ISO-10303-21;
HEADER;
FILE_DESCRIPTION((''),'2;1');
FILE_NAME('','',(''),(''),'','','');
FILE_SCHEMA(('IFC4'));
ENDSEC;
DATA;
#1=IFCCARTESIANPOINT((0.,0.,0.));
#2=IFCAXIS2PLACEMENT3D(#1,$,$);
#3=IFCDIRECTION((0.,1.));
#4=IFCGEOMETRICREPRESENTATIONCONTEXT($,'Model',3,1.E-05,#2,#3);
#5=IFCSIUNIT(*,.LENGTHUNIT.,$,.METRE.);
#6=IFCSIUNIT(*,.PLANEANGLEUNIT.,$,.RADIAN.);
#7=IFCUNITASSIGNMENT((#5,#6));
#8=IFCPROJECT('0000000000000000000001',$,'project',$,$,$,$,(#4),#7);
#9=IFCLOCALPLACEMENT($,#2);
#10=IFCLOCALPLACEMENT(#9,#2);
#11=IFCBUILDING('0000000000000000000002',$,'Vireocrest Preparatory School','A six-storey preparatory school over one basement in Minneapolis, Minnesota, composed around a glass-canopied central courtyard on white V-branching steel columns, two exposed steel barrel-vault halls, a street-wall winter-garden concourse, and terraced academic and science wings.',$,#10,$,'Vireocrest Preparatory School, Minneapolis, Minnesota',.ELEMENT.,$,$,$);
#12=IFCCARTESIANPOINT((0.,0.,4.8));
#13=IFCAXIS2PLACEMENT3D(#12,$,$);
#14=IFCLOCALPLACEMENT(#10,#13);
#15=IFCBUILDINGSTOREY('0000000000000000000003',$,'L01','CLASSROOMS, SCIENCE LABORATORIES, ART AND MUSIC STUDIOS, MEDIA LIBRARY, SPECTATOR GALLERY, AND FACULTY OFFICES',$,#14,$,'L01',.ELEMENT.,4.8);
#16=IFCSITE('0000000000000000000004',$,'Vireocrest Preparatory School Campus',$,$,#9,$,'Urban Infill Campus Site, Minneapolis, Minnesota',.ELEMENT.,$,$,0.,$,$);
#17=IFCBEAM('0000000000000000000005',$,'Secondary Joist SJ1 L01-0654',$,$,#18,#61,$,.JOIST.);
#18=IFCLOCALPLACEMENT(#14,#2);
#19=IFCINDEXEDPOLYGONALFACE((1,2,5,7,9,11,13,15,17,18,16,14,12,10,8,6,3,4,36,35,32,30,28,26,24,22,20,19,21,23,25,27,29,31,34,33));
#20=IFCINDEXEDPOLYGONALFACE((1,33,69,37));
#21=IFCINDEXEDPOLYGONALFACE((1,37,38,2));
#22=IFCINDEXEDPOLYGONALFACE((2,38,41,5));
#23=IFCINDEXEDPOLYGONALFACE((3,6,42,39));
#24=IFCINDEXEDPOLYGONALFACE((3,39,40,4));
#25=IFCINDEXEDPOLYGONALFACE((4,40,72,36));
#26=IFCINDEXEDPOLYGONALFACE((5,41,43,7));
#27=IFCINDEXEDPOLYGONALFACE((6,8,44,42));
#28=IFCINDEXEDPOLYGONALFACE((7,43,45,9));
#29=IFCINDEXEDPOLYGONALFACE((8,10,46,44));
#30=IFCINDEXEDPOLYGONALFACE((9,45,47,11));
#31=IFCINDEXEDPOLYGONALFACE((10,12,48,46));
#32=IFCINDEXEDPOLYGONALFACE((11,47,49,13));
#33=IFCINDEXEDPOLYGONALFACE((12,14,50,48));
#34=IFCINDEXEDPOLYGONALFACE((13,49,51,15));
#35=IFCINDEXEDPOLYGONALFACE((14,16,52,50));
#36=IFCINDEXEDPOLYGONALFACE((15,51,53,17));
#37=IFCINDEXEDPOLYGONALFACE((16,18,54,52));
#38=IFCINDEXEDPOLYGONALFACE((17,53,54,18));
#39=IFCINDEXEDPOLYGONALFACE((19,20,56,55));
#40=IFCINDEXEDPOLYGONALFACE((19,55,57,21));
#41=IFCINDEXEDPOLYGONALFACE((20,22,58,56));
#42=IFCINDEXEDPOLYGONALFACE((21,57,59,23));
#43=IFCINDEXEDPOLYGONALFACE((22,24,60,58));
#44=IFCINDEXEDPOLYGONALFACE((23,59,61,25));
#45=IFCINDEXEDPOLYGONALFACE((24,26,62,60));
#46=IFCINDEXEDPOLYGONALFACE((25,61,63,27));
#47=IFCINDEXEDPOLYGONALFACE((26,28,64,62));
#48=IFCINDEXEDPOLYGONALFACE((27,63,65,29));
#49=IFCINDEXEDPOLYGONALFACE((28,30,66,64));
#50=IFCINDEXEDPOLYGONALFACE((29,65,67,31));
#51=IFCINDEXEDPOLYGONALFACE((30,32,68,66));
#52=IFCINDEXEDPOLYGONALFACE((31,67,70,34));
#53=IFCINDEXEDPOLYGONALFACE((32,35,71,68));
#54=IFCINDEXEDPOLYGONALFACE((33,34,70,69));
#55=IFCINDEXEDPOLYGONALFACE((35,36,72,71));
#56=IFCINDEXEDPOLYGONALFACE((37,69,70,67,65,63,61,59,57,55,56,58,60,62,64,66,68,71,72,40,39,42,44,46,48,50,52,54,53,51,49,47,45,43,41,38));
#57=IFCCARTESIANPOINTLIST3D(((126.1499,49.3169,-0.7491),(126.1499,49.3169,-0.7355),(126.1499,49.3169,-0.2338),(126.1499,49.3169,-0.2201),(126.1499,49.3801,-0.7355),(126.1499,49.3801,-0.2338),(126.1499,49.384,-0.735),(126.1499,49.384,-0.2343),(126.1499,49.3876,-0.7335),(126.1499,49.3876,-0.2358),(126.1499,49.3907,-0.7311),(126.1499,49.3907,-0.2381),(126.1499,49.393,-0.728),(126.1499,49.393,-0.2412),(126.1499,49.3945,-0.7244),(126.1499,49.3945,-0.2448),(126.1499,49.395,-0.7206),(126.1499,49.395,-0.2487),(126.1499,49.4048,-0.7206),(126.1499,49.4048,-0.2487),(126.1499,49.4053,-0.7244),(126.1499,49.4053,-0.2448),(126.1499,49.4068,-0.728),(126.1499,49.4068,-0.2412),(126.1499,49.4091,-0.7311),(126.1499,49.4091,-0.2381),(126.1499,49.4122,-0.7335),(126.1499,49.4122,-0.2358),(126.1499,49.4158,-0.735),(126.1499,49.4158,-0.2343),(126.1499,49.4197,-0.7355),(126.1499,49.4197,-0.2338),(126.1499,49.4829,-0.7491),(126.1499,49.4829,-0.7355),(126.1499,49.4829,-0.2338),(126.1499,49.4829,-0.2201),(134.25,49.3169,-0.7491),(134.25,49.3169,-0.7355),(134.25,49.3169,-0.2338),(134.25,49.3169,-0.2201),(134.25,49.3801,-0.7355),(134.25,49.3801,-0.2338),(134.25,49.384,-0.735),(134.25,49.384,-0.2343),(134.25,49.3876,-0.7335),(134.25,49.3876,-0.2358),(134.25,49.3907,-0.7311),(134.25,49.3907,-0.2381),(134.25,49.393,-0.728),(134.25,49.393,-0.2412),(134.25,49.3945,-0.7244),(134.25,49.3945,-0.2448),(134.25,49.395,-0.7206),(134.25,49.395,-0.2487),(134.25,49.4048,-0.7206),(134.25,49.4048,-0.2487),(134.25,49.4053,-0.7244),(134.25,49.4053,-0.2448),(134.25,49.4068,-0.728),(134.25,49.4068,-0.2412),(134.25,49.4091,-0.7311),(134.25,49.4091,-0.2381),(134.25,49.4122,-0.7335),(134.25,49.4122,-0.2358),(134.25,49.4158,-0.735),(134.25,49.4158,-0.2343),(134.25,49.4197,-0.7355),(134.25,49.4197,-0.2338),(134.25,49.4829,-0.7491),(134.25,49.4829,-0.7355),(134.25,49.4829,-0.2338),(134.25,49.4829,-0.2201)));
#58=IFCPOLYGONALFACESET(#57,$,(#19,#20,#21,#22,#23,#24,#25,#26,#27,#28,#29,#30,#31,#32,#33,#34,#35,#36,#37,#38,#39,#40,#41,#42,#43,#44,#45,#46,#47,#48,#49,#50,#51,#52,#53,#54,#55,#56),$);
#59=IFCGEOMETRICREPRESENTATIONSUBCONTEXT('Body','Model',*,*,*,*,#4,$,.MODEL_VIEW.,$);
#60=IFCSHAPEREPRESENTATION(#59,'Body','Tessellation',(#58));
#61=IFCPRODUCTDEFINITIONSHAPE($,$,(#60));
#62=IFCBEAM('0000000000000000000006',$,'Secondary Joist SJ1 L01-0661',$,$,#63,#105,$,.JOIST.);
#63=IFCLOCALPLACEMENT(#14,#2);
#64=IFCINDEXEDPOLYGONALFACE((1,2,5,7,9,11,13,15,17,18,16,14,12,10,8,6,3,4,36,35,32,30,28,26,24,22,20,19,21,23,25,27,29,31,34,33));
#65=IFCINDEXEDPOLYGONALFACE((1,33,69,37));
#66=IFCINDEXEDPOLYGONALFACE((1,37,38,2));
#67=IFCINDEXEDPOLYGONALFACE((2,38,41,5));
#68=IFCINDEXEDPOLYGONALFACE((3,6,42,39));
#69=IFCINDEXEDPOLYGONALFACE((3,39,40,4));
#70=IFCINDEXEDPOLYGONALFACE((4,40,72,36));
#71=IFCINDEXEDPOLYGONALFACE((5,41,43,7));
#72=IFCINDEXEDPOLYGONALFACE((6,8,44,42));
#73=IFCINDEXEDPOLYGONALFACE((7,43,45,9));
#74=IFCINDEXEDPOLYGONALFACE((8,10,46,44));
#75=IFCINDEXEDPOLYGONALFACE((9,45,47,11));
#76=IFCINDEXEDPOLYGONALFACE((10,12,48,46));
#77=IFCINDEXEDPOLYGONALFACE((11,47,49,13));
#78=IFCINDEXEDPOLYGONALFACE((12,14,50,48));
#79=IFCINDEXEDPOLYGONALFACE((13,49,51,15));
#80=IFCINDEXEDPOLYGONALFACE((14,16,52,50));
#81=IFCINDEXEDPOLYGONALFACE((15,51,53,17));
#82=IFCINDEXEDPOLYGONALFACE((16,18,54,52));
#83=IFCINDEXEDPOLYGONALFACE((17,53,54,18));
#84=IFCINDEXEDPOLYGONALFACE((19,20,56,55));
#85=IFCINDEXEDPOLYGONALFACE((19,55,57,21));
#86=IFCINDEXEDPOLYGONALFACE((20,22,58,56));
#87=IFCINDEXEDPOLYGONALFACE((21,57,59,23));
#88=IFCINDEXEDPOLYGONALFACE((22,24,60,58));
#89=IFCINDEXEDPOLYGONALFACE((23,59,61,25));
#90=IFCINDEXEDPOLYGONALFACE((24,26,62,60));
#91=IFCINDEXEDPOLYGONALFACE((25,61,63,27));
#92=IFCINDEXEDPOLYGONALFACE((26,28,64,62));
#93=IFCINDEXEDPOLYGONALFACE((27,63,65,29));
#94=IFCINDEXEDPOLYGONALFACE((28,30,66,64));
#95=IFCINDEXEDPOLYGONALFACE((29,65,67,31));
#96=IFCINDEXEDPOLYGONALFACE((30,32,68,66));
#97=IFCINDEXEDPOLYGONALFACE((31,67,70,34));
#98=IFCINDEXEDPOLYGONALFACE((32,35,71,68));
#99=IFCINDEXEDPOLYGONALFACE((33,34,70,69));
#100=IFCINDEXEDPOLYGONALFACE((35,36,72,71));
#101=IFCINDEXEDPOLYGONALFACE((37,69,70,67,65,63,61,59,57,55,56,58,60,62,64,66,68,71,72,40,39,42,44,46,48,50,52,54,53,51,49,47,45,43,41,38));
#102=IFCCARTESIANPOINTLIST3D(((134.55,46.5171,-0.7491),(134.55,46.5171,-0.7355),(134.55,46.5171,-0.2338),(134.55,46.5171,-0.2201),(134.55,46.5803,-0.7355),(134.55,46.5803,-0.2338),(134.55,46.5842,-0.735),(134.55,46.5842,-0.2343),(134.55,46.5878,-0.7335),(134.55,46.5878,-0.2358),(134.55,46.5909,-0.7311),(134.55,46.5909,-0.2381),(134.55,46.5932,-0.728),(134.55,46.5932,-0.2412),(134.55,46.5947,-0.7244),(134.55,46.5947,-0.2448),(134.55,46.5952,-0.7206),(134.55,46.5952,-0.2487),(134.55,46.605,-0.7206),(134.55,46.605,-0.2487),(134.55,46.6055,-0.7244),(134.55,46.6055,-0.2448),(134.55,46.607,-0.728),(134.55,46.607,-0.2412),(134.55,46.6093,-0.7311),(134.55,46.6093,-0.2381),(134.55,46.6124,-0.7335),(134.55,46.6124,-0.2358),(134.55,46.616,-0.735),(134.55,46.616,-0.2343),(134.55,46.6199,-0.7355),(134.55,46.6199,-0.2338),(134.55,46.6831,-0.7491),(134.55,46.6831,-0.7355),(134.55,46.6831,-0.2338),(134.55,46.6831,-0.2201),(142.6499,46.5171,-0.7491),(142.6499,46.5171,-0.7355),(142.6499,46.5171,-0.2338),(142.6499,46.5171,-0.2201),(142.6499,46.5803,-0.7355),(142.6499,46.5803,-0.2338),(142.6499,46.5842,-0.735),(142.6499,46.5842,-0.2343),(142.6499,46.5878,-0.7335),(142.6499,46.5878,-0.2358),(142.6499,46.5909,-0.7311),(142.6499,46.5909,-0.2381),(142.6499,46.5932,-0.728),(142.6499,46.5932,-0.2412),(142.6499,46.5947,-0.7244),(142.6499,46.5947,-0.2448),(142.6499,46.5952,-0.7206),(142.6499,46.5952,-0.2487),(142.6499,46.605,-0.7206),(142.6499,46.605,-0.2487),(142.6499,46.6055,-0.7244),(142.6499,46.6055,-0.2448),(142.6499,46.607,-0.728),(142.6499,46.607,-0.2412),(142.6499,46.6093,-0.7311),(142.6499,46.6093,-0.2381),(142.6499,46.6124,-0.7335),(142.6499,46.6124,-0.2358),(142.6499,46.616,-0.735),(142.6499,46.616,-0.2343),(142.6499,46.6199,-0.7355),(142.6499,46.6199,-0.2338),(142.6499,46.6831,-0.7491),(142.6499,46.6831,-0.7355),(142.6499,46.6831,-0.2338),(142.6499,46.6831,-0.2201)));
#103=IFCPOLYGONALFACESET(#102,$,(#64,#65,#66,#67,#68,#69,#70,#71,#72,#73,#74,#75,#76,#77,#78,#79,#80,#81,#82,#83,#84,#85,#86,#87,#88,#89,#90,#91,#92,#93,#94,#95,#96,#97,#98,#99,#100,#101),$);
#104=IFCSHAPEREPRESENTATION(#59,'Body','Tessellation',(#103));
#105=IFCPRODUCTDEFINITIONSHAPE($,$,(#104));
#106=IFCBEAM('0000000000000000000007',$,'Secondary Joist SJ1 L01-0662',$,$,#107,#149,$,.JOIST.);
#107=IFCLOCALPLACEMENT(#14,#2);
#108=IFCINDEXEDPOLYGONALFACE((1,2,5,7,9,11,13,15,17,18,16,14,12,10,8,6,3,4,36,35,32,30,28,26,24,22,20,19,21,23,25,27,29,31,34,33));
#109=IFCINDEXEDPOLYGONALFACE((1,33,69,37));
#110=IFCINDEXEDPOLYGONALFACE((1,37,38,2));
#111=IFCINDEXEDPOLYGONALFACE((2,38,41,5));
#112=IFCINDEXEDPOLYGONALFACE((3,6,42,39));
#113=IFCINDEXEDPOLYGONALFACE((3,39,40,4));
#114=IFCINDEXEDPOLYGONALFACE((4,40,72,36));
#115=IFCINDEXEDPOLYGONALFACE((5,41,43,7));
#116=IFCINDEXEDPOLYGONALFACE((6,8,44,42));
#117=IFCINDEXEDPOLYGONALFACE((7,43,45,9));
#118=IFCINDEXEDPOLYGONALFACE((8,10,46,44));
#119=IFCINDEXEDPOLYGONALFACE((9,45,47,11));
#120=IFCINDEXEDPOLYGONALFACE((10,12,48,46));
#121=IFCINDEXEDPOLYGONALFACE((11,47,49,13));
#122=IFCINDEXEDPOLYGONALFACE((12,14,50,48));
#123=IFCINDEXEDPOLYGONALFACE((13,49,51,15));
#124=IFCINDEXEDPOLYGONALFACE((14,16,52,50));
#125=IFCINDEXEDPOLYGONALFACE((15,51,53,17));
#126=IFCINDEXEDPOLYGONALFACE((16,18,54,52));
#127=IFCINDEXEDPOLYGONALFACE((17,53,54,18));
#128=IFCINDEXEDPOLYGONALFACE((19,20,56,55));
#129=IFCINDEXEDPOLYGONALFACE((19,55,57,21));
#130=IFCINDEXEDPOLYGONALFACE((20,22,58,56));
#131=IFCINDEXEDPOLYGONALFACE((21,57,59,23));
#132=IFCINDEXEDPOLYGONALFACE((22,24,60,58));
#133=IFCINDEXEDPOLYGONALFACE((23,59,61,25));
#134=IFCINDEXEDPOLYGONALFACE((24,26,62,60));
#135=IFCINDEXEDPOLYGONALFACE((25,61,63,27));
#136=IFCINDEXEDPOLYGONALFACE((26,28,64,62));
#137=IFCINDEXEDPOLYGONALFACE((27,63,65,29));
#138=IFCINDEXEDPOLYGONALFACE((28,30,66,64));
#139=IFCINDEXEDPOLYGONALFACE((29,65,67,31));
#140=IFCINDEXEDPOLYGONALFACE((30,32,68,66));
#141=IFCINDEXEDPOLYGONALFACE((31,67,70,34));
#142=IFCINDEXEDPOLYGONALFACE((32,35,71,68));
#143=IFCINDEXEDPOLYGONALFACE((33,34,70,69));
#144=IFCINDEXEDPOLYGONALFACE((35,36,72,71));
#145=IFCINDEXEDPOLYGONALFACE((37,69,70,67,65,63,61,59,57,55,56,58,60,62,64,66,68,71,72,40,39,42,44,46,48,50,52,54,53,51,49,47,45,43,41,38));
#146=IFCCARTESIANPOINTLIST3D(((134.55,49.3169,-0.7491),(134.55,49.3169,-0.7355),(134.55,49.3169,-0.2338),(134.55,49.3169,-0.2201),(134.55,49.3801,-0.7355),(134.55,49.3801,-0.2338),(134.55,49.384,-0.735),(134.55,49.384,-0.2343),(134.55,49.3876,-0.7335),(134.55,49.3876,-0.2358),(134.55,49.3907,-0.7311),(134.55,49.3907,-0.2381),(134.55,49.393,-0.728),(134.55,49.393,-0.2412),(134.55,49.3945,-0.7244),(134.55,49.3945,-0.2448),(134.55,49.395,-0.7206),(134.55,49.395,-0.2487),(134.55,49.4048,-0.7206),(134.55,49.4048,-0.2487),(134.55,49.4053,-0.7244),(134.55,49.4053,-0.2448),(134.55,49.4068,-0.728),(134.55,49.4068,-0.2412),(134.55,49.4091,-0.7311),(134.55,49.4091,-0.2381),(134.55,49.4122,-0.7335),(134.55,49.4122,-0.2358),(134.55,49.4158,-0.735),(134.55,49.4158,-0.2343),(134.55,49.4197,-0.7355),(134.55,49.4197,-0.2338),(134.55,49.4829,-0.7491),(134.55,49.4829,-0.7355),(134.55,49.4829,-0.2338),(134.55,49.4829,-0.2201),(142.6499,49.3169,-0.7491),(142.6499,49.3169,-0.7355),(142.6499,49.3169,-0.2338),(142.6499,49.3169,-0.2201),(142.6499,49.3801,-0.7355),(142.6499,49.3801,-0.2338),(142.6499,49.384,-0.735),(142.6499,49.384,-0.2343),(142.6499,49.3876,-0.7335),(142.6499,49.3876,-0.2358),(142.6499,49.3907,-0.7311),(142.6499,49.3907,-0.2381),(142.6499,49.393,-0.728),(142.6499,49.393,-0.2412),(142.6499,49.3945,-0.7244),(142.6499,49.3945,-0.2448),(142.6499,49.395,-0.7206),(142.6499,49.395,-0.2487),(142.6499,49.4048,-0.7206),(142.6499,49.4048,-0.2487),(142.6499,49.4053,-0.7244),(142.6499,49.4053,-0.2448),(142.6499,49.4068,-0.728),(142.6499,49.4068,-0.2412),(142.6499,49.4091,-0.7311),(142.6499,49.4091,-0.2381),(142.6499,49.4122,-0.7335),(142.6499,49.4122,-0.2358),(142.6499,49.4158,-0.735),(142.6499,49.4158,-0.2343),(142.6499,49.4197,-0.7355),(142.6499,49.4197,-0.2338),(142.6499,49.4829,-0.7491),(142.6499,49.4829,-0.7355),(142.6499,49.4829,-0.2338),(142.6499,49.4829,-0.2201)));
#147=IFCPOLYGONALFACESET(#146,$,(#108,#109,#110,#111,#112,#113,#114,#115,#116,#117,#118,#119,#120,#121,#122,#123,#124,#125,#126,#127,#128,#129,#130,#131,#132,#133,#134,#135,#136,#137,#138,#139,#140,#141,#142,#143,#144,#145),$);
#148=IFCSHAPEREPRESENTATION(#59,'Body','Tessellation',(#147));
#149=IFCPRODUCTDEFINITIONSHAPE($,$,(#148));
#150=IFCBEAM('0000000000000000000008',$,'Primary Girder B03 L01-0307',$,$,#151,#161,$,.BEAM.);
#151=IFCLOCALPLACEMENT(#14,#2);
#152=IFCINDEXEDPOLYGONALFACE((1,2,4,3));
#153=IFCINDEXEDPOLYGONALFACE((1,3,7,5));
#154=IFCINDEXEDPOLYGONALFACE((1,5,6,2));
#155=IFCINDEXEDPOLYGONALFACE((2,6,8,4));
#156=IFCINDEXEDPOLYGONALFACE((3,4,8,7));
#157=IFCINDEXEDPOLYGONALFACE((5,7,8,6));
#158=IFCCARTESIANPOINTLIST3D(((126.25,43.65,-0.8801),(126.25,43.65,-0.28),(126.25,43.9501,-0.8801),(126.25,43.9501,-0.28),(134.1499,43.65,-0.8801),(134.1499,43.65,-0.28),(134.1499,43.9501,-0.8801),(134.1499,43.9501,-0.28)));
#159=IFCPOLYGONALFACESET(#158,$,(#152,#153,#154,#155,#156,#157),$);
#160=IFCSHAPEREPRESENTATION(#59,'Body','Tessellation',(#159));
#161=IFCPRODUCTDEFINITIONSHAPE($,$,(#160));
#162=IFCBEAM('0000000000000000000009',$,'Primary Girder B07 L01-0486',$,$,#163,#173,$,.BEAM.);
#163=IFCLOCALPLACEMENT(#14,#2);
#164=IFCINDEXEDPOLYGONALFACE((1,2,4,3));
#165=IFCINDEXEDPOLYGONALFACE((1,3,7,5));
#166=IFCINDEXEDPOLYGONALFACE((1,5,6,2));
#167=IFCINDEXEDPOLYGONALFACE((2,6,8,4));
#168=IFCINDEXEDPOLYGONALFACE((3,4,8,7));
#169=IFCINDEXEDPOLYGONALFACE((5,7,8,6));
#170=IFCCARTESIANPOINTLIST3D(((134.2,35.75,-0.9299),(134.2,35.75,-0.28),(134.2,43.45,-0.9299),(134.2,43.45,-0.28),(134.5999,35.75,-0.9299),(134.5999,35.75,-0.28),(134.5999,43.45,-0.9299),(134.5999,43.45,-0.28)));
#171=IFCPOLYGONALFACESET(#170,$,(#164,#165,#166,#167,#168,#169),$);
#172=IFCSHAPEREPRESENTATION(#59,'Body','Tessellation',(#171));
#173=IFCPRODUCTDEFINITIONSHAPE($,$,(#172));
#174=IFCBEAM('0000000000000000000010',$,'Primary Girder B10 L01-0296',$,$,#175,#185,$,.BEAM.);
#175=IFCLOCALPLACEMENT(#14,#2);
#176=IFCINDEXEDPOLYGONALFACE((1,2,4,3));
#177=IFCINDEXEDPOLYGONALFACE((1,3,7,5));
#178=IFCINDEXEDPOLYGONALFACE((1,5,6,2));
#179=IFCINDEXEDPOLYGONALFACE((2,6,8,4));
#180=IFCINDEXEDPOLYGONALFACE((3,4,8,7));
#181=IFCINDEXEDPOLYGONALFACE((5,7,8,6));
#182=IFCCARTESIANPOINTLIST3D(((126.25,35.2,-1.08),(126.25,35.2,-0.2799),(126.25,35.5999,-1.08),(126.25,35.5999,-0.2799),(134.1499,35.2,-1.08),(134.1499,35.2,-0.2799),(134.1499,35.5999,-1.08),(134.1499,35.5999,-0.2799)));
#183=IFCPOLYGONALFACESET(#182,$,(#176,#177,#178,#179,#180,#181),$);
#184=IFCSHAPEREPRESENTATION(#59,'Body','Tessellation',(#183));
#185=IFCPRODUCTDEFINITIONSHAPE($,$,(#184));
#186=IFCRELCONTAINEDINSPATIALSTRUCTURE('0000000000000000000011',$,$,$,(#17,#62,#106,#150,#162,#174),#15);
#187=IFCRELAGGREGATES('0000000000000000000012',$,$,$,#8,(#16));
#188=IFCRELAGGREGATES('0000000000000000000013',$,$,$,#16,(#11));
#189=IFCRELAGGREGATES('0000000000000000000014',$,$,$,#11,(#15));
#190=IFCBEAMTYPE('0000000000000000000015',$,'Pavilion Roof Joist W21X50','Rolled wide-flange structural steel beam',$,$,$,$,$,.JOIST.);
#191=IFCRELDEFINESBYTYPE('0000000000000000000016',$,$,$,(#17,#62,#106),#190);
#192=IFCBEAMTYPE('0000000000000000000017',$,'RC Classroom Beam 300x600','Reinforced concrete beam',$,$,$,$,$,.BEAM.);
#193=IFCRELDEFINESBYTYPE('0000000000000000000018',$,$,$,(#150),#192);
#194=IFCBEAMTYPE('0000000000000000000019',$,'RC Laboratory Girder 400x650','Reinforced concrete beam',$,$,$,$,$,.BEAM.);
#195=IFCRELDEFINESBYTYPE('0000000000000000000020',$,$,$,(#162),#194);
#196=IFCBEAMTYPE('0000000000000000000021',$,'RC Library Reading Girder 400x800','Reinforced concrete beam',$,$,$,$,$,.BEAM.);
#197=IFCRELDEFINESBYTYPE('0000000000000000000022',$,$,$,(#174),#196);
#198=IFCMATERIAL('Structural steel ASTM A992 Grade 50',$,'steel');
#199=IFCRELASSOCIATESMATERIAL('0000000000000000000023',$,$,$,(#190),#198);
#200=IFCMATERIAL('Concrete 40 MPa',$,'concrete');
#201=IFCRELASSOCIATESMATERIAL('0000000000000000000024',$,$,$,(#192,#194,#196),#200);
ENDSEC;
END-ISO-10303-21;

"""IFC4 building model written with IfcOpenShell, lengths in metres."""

from ifc_helpers import new_model, si_unit, direction, frame, origin, origin_2d, place, context, subcontext, project, spatial, rectangle, i_section, extrude, material, material_profile, profile_set, type_object, element, save


model = new_model("IFC4")

# Units and contexts
model_context = context("Model", 3, precision=1e-05, world=origin(), true_north=direction((0.0, 1.0)))
body_context = subcontext(model_context, "Body", "Model", "MODEL_VIEW")
ifc_project = project(units=[si_unit("LENGTHUNIT", "METRE"), si_unit("PLANEANGLEUNIT", "RADIAN")], contexts=[model_context])

# Site, building, storey
site_placement = place(None, origin())
site = spatial("IfcSite", under=ifc_project, at=site_placement, Name="Vireocrest Preparatory School Campus", LongName="Urban Infill Campus Site, Minneapolis, Minnesota", CompositionType="ELEMENT", RefElevation=0.0)
building_placement = place(site_placement, origin())
building = spatial("IfcBuilding", under=site, at=building_placement, Name="Vireocrest Preparatory School", Description="A six-storey preparatory school over one basement in Minneapolis, Minnesota, composed around a glass-canopied central courtyard on white V-branching steel columns, two exposed steel barrel-vault halls, a street-wall winter-garden concourse, and terraced academic and science wings.", LongName="Vireocrest Preparatory School, Minneapolis, Minnesota", CompositionType="ELEMENT")
storey_placement = place(building_placement, frame((0.0, 0.0, 4.8)))
storey = spatial("IfcBuildingStorey", under=building, at=storey_placement, Name="L01", Description="CLASSROOMS, SCIENCE LABORATORIES, ART AND MUSIC STUDIOS, MEDIA LIBRARY, SPECTATOR GALLERY, AND FACULTY OFFICES", LongName="L01", CompositionType="ELEMENT", Elevation=4.8)

# Beams
ifc_material_1 = material(Name="Structural steel ASTM A992 Grade 50", Category="steel")
ifc_material_profile_1 = material_profile(ifc_material_1, i_section(OverallWidth=0.166, OverallDepth=0.5291, WebThickness=0.0098, FlangeThickness=0.0137, FilletRadius=0.0149, at=origin_2d()), Name="W21X50")
ifc_profile_set_1 = profile_set([ifc_material_profile_1], Name="Structural steel ASTM A992 Grade 50")
beam_type_1 = type_object("IfcBeamType", Name="Pavilion Roof Joist W21X50", Description="Rolled wide-flange structural steel beam", PredefinedType="JOIST", material=ifc_profile_set_1)
beam_1_placement = place(storey_placement, frame((126.1499, 49.3999, -0.4846), z_axis=(1.0, 0.0, 0.0), x_axis=(0.0, 1.0, 0.0)))
element("IfcBeam", 1, at=beam_1_placement, inside=storey, type_object=beam_type_1, Name="Secondary Joist SJ1 L01-0654", PredefinedType="JOIST", context=body_context, shape_type="SweptSolid", body=[
    extrude(i_section(OverallWidth=0.166, OverallDepth=0.5291, WebThickness=0.0098, FlangeThickness=0.0137, FilletRadius=0.0149, at=origin_2d()), origin(), (0.0, 0.0, 1.0), 8.1001),
])
for number, where, z_axis, x_axis, name in (
    (2, (134.55, 46.6001, -0.4846), (1.0, 0.0, 0.0), (0.0, 1.0, 0.0), "Secondary Joist SJ1 L01-0661"),
    (3, (134.55, 49.3999, -0.4846), (1.0, 0.0, 0.0), (0.0, 1.0, 0.0), "Secondary Joist SJ1 L01-0662"),
):
    element("IfcBeam", number, at=place(storey_placement, frame(where, z_axis=z_axis, x_axis=x_axis)), inside=storey, type_object=beam_type_1, Name=name, PredefinedType="JOIST", context=body_context, shape_type="SweptSolid", body=[
        extrude(i_section(OverallWidth=0.166, OverallDepth=0.5291, WebThickness=0.0098, FlangeThickness=0.0137, FilletRadius=0.0149, at=origin_2d()), origin(), (0.0, 0.0, 1.0), 8.0999),
    ])
ifc_material_2 = material(Name="Concrete 40 MPa", Category="concrete")
ifc_material_profile_2 = material_profile(ifc_material_2, rectangle(XDim=0.3, YDim=0.6001, at=origin_2d()), Name="RC 300x600")
ifc_profile_set_2 = profile_set([ifc_material_profile_2], Name="Concrete 40 MPa")
beam_type_2 = type_object("IfcBeamType", Name="RC Classroom Beam 300x600", Description="Reinforced concrete beam", PredefinedType="BEAM", material=ifc_profile_set_2)
beam_2_placement = place(storey_placement, frame((126.25, 43.8, -0.5801), z_axis=(1.0, 0.0, 0.0), x_axis=(0.0, 1.0, 0.0)))
element("IfcBeam", 4, at=beam_2_placement, inside=storey, type_object=beam_type_2, Name="Primary Girder B03 L01-0307", PredefinedType="BEAM", context=body_context, shape_type="SweptSolid", body=[
    extrude(rectangle(XDim=0.3, YDim=0.6001, at=origin_2d()), origin(), (0.0, 0.0, 1.0), 7.8999),
])
ifc_material_profile_3 = material_profile(ifc_material_2, rectangle(XDim=0.3999, YDim=0.6499, at=origin_2d()), Name="RC 400x650")
ifc_profile_set_3 = profile_set([ifc_material_profile_3], Name="Concrete 40 MPa")
beam_type_3 = type_object("IfcBeamType", Name="RC Laboratory Girder 400x650", Description="Reinforced concrete beam", PredefinedType="BEAM", material=ifc_profile_set_3)
beam_3_placement = place(storey_placement, frame((134.3999, 35.75, -0.605), z_axis=(0.0, 1.0, 0.0), x_axis=(-1.0, 0.0, 0.0)))
element("IfcBeam", 5, at=beam_3_placement, inside=storey, type_object=beam_type_3, Name="Primary Girder B07 L01-0486", PredefinedType="BEAM", context=body_context, shape_type="SweptSolid", body=[
    extrude(rectangle(XDim=0.3999, YDim=0.6499, at=origin_2d()), origin(), (0.0, 0.0, 1.0), 7.7),
])
ifc_material_profile_4 = material_profile(ifc_material_2, rectangle(XDim=0.3999, YDim=0.8, at=origin_2d()), Name="RC 400x800")
ifc_profile_set_4 = profile_set([ifc_material_profile_4], Name="Concrete 40 MPa")
beam_type_4 = type_object("IfcBeamType", Name="RC Library Reading Girder 400x800", Description="Reinforced concrete beam", PredefinedType="BEAM", material=ifc_profile_set_4)
beam_4_placement = place(storey_placement, frame((126.25, 35.3999, -0.6799), z_axis=(1.0, 0.0, 0.0), x_axis=(0.0, 1.0, 0.0)))
element("IfcBeam", 6, at=beam_4_placement, inside=storey, type_object=beam_type_4, Name="Primary Girder B10 L01-0296", PredefinedType="BEAM", context=body_context, shape_type="SweptSolid", body=[
    extrude(rectangle(XDim=0.3999, YDim=0.8, at=origin_2d()), origin(), (0.0, 0.0, 1.0), 7.8999),
])

save(model, "model.ifc")
